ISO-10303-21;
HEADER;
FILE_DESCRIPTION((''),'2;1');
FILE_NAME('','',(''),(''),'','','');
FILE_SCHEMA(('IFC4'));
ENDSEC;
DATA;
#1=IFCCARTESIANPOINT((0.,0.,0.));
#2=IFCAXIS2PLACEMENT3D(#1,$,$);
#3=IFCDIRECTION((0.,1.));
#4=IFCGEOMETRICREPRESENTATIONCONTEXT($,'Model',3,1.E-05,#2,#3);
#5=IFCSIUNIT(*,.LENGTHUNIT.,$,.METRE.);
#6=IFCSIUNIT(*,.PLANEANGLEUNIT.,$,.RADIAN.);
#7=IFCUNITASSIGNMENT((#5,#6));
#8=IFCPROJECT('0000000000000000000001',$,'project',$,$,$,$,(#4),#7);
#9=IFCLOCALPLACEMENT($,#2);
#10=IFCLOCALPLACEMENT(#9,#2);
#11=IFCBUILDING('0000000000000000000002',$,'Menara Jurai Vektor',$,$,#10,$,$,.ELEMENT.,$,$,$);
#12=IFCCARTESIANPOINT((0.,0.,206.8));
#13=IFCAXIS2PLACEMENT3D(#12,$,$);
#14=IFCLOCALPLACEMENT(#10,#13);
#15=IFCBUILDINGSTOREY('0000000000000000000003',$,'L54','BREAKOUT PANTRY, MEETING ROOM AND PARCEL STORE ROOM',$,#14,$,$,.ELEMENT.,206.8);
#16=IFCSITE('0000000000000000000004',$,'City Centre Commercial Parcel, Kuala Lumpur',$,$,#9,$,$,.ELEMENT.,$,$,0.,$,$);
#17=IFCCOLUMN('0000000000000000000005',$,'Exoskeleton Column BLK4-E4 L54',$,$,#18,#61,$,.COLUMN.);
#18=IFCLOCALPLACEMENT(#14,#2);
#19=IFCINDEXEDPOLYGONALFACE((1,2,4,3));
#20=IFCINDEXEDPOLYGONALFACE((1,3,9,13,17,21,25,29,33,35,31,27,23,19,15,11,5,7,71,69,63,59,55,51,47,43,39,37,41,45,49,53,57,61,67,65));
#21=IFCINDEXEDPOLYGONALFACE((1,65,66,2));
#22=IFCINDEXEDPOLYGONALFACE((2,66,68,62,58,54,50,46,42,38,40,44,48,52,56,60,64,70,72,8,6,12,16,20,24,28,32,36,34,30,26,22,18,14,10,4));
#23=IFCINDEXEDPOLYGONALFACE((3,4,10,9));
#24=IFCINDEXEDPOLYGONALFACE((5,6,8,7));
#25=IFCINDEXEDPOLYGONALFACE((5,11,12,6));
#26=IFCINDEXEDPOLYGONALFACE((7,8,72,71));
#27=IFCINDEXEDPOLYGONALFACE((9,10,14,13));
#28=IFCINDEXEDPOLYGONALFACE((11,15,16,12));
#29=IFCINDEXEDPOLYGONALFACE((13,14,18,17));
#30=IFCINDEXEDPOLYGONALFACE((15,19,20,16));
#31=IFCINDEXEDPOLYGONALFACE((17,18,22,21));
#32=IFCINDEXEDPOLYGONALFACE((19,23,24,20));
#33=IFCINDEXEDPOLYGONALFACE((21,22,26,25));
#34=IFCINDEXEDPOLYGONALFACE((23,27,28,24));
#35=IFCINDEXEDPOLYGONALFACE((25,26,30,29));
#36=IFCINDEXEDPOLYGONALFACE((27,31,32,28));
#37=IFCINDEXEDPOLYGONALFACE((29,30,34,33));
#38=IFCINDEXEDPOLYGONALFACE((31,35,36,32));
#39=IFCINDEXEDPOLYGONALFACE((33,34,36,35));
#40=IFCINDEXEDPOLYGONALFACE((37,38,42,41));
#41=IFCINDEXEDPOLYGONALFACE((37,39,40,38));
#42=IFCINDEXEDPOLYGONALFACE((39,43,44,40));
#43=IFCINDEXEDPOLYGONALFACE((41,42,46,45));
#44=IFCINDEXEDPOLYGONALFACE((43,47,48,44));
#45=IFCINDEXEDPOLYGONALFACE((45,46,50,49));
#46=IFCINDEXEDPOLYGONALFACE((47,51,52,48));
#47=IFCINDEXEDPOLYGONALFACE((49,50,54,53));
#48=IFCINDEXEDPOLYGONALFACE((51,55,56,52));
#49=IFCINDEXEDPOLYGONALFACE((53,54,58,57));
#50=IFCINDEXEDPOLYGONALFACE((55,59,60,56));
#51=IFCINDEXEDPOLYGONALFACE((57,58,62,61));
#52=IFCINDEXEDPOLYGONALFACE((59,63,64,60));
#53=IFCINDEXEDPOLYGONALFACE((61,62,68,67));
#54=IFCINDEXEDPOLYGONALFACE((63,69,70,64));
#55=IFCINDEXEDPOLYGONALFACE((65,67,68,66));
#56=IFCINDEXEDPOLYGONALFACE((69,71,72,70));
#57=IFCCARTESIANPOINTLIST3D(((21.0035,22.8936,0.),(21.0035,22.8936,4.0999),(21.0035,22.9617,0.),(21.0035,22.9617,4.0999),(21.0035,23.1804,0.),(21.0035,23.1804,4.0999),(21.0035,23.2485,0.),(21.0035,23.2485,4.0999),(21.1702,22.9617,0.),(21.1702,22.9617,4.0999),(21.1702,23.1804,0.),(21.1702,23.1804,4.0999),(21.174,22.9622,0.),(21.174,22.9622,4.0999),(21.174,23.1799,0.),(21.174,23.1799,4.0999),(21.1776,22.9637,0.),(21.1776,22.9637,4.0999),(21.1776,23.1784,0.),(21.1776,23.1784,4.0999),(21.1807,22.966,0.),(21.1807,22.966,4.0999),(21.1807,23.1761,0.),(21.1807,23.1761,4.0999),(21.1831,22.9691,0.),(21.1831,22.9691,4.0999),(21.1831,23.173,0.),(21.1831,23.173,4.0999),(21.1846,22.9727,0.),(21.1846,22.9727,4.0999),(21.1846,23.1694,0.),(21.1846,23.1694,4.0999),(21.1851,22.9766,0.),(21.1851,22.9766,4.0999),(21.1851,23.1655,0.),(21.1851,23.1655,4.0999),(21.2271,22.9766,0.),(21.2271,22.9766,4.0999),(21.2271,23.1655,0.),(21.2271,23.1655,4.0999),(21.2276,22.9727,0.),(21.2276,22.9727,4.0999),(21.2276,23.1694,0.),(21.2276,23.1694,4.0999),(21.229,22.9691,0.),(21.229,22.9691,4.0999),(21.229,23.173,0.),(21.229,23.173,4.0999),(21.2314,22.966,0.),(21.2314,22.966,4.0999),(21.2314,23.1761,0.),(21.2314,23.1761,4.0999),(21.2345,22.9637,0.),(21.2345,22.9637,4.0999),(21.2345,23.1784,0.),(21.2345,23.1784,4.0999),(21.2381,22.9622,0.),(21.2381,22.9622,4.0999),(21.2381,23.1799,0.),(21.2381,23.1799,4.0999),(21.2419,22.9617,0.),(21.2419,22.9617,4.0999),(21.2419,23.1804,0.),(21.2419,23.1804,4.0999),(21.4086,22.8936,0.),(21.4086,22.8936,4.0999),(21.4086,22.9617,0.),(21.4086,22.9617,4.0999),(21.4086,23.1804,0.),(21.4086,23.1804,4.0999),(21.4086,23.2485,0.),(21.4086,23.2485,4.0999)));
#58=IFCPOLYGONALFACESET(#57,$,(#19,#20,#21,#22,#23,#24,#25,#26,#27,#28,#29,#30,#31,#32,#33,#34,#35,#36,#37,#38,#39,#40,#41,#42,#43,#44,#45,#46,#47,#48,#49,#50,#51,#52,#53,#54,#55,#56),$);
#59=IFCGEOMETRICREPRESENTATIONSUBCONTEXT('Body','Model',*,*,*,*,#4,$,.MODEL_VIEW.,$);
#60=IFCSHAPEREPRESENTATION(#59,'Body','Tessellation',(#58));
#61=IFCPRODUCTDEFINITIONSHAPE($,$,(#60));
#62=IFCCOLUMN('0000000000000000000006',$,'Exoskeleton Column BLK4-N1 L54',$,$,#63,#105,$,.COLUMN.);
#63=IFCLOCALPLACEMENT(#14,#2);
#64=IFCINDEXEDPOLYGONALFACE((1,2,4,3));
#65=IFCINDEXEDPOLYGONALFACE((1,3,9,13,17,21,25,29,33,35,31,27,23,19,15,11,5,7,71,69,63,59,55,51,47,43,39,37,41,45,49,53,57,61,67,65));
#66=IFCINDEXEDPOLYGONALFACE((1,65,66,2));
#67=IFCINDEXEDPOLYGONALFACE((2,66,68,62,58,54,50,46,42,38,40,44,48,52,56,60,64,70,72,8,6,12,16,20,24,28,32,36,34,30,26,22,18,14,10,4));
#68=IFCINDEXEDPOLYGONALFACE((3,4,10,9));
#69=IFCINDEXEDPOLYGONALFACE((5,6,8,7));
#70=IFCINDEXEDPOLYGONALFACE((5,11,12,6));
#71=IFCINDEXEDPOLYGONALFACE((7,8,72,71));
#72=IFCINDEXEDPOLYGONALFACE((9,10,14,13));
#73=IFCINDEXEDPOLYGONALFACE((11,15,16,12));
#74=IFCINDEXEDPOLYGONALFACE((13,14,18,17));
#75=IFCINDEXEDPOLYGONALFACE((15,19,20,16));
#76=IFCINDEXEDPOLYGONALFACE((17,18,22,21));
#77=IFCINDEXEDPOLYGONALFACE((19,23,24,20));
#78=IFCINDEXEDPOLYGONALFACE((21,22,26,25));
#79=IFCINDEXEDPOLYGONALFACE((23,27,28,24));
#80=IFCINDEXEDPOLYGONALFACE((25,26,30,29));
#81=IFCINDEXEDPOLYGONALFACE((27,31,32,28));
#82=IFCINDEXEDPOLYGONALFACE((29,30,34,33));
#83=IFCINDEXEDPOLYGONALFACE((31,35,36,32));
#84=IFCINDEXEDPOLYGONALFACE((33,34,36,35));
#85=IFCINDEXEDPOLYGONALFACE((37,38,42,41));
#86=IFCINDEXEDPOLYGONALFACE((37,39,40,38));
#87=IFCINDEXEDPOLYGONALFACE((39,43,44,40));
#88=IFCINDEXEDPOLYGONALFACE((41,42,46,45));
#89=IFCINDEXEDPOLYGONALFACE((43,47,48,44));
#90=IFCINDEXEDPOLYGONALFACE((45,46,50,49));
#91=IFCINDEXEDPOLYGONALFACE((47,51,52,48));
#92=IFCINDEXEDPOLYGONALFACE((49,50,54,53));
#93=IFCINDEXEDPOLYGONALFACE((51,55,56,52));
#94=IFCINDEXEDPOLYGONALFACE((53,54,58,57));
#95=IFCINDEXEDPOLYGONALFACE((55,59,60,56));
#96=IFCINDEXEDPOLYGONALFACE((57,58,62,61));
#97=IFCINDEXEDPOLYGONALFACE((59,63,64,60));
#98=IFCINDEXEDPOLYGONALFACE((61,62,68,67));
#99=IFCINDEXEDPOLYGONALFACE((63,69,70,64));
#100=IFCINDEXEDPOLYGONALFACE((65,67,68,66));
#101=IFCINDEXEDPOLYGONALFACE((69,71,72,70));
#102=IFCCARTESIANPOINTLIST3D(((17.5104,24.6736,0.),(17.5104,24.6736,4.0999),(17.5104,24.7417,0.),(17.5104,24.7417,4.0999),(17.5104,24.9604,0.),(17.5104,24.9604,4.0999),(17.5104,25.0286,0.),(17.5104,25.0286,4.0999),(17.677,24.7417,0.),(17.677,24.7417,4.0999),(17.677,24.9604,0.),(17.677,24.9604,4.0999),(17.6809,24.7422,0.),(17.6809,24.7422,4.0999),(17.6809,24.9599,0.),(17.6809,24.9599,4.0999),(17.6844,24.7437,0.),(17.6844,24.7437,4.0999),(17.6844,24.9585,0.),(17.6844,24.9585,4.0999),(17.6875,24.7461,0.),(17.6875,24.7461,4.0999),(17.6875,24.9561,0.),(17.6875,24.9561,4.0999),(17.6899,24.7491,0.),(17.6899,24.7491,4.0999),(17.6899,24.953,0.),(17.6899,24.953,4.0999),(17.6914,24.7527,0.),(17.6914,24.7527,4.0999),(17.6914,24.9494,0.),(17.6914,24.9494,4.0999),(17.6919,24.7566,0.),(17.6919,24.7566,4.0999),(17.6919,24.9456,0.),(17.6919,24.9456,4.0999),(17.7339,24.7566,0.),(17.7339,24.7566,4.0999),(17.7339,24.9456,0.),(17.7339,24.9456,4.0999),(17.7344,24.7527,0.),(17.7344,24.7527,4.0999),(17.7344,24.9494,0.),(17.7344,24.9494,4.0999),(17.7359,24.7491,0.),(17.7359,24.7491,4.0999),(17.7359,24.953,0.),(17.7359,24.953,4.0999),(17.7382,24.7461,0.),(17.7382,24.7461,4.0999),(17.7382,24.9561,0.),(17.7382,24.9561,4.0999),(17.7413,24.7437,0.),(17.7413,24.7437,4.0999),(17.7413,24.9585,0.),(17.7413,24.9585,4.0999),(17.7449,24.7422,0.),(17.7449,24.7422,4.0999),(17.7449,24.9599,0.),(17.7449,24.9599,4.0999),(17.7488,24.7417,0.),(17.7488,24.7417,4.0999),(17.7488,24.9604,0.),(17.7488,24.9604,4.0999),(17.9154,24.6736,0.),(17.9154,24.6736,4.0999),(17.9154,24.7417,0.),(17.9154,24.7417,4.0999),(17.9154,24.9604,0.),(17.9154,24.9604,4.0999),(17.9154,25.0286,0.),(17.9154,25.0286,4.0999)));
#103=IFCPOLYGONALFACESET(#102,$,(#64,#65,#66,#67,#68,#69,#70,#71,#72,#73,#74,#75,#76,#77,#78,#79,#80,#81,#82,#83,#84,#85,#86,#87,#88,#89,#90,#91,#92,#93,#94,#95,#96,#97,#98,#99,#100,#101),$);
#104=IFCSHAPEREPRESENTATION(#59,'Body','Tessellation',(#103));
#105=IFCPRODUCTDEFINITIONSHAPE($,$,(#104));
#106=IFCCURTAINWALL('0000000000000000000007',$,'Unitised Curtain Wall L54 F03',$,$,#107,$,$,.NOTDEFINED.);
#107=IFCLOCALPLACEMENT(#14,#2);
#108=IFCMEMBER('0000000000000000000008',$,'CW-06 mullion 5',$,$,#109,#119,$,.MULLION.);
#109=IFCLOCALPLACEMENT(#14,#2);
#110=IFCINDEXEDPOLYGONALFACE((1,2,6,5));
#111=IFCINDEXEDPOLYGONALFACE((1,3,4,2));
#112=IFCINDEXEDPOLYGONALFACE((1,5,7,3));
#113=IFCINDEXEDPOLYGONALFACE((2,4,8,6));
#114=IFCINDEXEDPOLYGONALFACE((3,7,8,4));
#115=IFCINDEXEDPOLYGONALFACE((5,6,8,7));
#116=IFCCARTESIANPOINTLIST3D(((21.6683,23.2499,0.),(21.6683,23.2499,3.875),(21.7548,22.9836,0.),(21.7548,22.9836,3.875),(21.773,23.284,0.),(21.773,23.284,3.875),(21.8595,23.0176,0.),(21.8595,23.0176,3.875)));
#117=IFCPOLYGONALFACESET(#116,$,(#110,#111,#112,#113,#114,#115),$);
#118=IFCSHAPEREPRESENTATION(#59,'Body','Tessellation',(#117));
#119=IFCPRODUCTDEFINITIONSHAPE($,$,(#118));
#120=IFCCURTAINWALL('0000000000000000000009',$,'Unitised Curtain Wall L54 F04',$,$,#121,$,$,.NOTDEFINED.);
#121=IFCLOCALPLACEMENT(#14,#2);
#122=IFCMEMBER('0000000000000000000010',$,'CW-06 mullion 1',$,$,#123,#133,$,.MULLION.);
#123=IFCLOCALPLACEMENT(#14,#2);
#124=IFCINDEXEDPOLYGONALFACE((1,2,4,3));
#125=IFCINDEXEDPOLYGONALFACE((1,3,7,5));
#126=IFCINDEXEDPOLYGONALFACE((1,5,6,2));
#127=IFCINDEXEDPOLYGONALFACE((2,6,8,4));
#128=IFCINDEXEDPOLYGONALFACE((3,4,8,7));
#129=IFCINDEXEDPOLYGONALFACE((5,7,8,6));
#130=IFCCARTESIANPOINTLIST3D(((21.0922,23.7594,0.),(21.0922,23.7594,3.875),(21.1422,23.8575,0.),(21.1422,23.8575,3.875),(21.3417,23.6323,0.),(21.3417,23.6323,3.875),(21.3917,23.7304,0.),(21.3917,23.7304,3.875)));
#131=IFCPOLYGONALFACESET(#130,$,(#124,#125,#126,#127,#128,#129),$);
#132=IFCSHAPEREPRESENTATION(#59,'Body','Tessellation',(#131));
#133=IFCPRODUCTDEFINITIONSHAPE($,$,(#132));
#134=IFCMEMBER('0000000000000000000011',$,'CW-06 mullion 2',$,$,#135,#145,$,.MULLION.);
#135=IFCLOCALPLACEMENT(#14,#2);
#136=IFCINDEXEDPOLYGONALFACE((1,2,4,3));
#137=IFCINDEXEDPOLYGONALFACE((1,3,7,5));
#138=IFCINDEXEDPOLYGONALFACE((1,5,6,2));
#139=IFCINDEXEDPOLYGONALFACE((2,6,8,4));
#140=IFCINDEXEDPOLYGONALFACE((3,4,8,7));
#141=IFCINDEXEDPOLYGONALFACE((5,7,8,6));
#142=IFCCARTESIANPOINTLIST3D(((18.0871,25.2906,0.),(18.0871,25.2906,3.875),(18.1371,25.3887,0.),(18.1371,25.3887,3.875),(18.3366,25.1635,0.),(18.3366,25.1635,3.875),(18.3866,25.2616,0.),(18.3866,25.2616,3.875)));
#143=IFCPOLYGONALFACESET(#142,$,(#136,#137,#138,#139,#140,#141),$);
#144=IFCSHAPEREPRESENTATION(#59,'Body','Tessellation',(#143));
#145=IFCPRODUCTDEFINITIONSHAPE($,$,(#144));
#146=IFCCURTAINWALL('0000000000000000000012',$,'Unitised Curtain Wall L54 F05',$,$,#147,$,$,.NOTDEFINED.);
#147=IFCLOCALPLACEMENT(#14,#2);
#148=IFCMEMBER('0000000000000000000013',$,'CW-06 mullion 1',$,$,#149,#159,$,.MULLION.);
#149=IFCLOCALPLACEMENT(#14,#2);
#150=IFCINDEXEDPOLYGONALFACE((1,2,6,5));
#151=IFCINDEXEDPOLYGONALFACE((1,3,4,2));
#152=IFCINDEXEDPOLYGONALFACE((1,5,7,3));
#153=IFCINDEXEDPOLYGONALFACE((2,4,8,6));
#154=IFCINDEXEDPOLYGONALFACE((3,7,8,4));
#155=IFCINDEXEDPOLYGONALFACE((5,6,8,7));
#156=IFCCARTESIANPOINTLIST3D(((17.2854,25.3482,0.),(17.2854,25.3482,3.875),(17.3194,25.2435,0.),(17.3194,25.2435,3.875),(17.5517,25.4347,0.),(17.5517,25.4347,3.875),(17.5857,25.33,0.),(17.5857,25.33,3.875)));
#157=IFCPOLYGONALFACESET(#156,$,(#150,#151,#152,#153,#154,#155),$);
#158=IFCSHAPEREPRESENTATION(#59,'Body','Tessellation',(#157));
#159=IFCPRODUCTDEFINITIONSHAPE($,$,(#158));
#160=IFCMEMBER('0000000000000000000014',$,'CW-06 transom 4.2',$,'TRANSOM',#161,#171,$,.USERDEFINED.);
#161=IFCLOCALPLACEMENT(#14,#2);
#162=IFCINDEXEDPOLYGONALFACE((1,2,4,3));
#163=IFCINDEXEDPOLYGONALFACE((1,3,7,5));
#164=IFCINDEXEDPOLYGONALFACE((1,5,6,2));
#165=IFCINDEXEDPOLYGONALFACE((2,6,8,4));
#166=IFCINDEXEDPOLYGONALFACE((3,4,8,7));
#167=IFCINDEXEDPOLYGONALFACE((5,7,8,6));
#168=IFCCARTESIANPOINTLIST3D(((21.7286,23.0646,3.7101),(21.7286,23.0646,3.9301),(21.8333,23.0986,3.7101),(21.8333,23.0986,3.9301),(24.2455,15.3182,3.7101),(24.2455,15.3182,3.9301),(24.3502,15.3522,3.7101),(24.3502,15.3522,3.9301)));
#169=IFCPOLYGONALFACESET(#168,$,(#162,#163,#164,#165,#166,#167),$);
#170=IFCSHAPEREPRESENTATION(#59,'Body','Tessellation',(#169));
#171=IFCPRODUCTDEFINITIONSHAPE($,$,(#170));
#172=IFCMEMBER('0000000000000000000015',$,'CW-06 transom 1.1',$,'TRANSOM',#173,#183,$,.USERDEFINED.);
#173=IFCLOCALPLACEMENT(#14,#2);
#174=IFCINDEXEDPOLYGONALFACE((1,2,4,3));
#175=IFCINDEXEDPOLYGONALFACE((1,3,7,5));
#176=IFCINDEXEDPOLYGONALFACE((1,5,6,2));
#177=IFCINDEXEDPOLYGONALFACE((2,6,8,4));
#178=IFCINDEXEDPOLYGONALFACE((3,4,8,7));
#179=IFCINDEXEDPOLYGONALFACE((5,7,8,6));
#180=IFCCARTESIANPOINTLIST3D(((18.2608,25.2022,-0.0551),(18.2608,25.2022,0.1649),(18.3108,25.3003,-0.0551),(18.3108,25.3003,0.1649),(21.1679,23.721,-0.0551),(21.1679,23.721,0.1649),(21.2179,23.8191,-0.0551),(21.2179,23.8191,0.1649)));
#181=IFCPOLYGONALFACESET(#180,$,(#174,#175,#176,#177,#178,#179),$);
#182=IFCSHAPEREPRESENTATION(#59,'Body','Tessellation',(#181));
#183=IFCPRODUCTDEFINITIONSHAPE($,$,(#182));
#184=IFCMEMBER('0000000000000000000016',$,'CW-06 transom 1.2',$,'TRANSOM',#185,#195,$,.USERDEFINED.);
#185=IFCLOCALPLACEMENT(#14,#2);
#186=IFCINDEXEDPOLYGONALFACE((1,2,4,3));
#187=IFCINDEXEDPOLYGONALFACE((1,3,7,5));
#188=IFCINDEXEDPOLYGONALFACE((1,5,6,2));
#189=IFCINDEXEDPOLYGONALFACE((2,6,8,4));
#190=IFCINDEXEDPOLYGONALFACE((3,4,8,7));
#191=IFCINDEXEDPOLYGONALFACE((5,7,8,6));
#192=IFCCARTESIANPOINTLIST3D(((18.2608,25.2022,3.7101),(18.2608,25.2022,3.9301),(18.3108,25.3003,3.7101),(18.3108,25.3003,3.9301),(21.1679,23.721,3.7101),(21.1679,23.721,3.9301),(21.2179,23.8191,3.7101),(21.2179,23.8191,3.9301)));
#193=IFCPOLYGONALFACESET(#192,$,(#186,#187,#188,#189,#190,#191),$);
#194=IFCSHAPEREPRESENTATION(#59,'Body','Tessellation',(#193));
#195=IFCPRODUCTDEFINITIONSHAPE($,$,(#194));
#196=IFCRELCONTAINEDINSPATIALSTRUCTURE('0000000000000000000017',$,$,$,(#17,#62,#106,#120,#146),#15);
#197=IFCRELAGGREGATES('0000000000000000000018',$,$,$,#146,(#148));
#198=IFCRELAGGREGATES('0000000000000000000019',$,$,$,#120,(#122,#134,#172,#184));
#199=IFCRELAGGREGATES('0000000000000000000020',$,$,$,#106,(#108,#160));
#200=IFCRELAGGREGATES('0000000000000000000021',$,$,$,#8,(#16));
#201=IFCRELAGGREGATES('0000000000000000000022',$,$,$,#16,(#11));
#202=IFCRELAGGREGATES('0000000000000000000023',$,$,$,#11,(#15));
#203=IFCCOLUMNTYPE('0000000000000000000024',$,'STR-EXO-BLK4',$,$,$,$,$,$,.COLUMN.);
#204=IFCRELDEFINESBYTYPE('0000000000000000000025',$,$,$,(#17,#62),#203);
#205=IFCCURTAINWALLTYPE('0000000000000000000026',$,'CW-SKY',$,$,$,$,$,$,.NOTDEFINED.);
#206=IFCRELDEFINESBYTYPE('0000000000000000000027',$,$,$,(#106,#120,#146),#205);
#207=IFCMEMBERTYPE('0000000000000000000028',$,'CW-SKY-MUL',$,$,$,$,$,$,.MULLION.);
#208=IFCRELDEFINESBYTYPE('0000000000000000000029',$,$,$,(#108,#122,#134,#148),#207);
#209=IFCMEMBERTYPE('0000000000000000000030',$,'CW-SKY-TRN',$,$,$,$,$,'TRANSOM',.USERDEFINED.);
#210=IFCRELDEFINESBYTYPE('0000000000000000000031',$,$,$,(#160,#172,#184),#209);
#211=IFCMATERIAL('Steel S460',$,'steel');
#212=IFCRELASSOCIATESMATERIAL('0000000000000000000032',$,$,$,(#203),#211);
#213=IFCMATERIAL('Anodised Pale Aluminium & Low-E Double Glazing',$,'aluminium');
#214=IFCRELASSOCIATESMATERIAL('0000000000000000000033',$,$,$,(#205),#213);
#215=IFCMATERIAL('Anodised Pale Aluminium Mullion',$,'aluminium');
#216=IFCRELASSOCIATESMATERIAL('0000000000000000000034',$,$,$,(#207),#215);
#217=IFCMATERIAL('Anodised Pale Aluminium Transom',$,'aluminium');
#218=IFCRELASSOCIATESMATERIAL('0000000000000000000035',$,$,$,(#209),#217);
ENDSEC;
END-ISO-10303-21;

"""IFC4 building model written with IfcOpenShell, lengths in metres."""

from ifc_helpers import new_model, si_unit, direction, frame, origin, origin_2d, place, context, subcontext, project, spatial, rectangle, i_section, extrude, material, material_profile, profile_set, type_object, element, aggregate, save


model = new_model("IFC4")

# Units and contexts
model_context = context("Model", 3, precision=1e-05, world=origin(), true_north=direction((0.0, 1.0)))
body_context = subcontext(model_context, "Body", "Model", "MODEL_VIEW")
ifc_project = project(units=[si_unit("LENGTHUNIT", "METRE"), si_unit("PLANEANGLEUNIT", "RADIAN")], contexts=[model_context])

# Site, building, storey
site_placement = place(None, origin())
site = spatial("IfcSite", under=ifc_project, at=site_placement, Name="City Centre Commercial Parcel, Kuala Lumpur", CompositionType="ELEMENT", RefElevation=0.0)
building_placement = place(site_placement, origin())
building = spatial("IfcBuilding", under=site, at=building_placement, Name="Menara Jurai Vektor", CompositionType="ELEMENT")
storey_placement = place(building_placement, frame((0.0, 0.0, 206.8)))
storey = spatial("IfcBuildingStorey", under=building, at=storey_placement, Name="L54", Description="BREAKOUT PANTRY, MEETING ROOM AND PARCEL STORE ROOM", CompositionType="ELEMENT", Elevation=206.8)

# Columns
ifc_material_1 = material(Name="Steel S460", Category="steel")
ifc_material_profile_1 = material_profile(ifc_material_1, i_section(OverallWidth=0.405, OverallDepth=0.355, WebThickness=0.042, FlangeThickness=0.0681, FilletRadius=0.0149, at=origin_2d()), Name="HD 400x551")
ifc_profile_set_1 = profile_set([ifc_material_profile_1], Name="Steel S460")
column_type = type_object("IfcColumnType", Name="STR-EXO-BLK4", PredefinedType="COLUMN", material=ifc_profile_set_1)
for number, where, z_axis, x_axis, name in (
    (1, (21.2061, 23.071, 0.0), (0.0, 0.0, 1.0), (1.0, 0.0, 0.0), "Exoskeleton Column BLK4-E4 L54"),
    (2, (17.7129, 24.8511, 0.0), (0.0, 0.0, 1.0), (1.0, 0.0, 0.0), "Exoskeleton Column BLK4-N1 L54"),
):
    element("IfcColumn", number, at=place(storey_placement, frame(where, z_axis=z_axis, x_axis=x_axis)), inside=storey, type_object=column_type, Name=name, PredefinedType="COLUMN", context=body_context, shape_type="SweptSolid", body=[
        extrude(i_section(OverallWidth=0.405, OverallDepth=0.355, WebThickness=0.042, FlangeThickness=0.0681, FilletRadius=0.0149, at=origin_2d()), origin(), (0.0, 0.0, 1.0), 4.0999),
    ])

# Curtain wall, member
ifc_material_2 = material(Name="Anodised Pale Aluminium & Low-E Double Glazing", Category="aluminium")
curtain_wall_type = type_object("IfcCurtainWallType", Name="CW-SKY", PredefinedType="NOTDEFINED", material=ifc_material_2)
curtain_wall_1_placement = place(storey_placement, origin())
curtain_wall_1 = element("IfcCurtainWall", 3, at=curtain_wall_1_placement, inside=storey, type_object=curtain_wall_type, Name="Unitised Curtain Wall L54 F03", PredefinedType="NOTDEFINED")
ifc_material_3 = material(Name="Anodised Pale Aluminium Mullion", Category="aluminium")
ifc_material_profile_2 = material_profile(ifc_material_3, rectangle(XDim=0.1101, YDim=0.28, at=origin_2d()), Name="ALU MUL 110x280")
ifc_profile_set_2 = profile_set([ifc_material_profile_2], Name="Anodised Pale Aluminium Mullion")
member_type_1 = type_object("IfcMemberType", Name="CW-SKY-MUL", PredefinedType="MULLION", material=ifc_profile_set_2)
member_1_placement = place(storey_placement, frame((21.7639, 23.1338, 0.0), z_axis=(0.0, 0.0, 1.0), x_axis=(-0.951057, -0.309016, 0.0)))
member_1 = element("IfcMember", 4, at=member_1_placement, type_object=member_type_1, Name="CW-06 mullion 5", PredefinedType="MULLION", context=body_context, shape_type="SweptSolid", body=[
    extrude(rectangle(XDim=0.1101, YDim=0.28, at=origin_2d()), origin(), (0.0, 0.0, 1.0), 3.875),
])

# Curtain wall, members
curtain_wall_2_placement = place(storey_placement, origin())
curtain_wall_2 = element("IfcCurtainWall", 5, at=curtain_wall_2_placement, inside=storey, type_object=curtain_wall_type, Name="Unitised Curtain Wall L54 F04", PredefinedType="NOTDEFINED")
member_2_placement = place(storey_placement, frame((21.2419, 23.7449, 0.0), z_axis=(0.0, 0.0, 1.0), x_axis=(-0.453989, -0.891008, 0.0)))
member_2 = element("IfcMember", 6, at=member_2_placement, type_object=member_type_1, Name="CW-06 mullion 1", PredefinedType="MULLION", context=body_context, shape_type="SweptSolid", body=[
    extrude(rectangle(XDim=0.1101, YDim=0.28, at=origin_2d()), origin(), (0.0, 0.0, 1.0), 3.875),
])
member_3_placement = place(storey_placement, frame((18.2368, 25.2761, 0.0), z_axis=(0.0, 0.0, 1.0), x_axis=(-0.453989, -0.891008, 0.0)))
member_3 = element("IfcMember", 7, at=member_3_placement, type_object=member_type_1, Name="CW-06 mullion 2", PredefinedType="MULLION", context=body_context, shape_type="SweptSolid", body=[
    extrude(rectangle(XDim=0.1101, YDim=0.28, at=origin_2d()), origin(), (0.0, 0.0, 1.0), 3.875),
])

# Curtain wall, member
curtain_wall_3_placement = place(storey_placement, origin())
curtain_wall_3 = element("IfcCurtainWall", 8, at=curtain_wall_3_placement, inside=storey, type_object=curtain_wall_type, Name="Unitised Curtain Wall L54 F05", PredefinedType="NOTDEFINED")
member_4_placement = place(storey_placement, frame((17.4355, 25.3391, 0.0), z_axis=(0.0, 0.0, 1.0), x_axis=(0.309017, -0.951056, 0.0)))
member_4 = element("IfcMember", 9, at=member_4_placement, type_object=member_type_1, Name="CW-06 mullion 1", PredefinedType="MULLION", context=body_context, shape_type="SweptSolid", body=[
    extrude(rectangle(XDim=0.1101, YDim=0.28, at=origin_2d()), origin(), (0.0, 0.0, 1.0), 3.875),
])

# Members
ifc_material_4 = material(Name="Anodised Pale Aluminium Transom", Category="aluminium")
ifc_material_profile_3 = material_profile(ifc_material_4, rectangle(XDim=0.1101, YDim=0.22, at=origin_2d()), Name="ALU TRN 110x220")
ifc_profile_set_3 = profile_set([ifc_material_profile_3], Name="Anodised Pale Aluminium Transom")
member_type_2 = type_object("IfcMemberType", Name="CW-SKY-TRN", ElementType="TRANSOM", PredefinedType="USERDEFINED", material=ifc_profile_set_3)
member_5_placement = place(storey_placement, frame((24.2979, 15.3352, 3.8201), z_axis=(-0.309007, 0.95106, 0.0), x_axis=(-0.95106, -0.309007, 0.0)))
member_5 = element("IfcMember", 10, at=member_5_placement, type_object=member_type_2, Name="CW-06 transom 4.2", ObjectType="TRANSOM", PredefinedType="USERDEFINED", context=body_context, shape_type="SweptSolid", body=[
    extrude(rectangle(XDim=0.1101, YDim=0.22, at=origin_2d()), origin(), (0.0, 0.0, 1.0), 8.145),
])
member_6_placement = place(storey_placement, frame((21.1929, 23.77, 0.0549), z_axis=(-0.891004, 0.453995, 0.0), x_axis=(-0.453995, -0.891004, 0.0)))
member_6 = element("IfcMember", 11, at=member_6_placement, type_object=member_type_2, Name="CW-06 transom 1.1", ObjectType="TRANSOM", PredefinedType="USERDEFINED", context=body_context, shape_type="SweptSolid", body=[
    extrude(rectangle(XDim=0.1101, YDim=0.22, at=origin_2d()), origin(), (0.0, 0.0, 1.0), 3.2627),
])
member_7_placement = place(storey_placement, frame((21.1929, 23.77, 3.8201), z_axis=(-0.891004, 0.453995, 0.0), x_axis=(-0.453995, -0.891004, 0.0)))
member_7 = element("IfcMember", 12, at=member_7_placement, type_object=member_type_2, Name="CW-06 transom 1.2", ObjectType="TRANSOM", PredefinedType="USERDEFINED", context=body_context, shape_type="SweptSolid", body=[
    extrude(rectangle(XDim=0.1101, YDim=0.22, at=origin_2d()), origin(), (0.0, 0.0, 1.0), 3.2627),
])
aggregate(curtain_wall_3, [member_4])

aggregate(curtain_wall_2, [member_2, member_3, member_6, member_7])
aggregate(curtain_wall_1, [member_1, member_5])

save(model, "model.ifc")
